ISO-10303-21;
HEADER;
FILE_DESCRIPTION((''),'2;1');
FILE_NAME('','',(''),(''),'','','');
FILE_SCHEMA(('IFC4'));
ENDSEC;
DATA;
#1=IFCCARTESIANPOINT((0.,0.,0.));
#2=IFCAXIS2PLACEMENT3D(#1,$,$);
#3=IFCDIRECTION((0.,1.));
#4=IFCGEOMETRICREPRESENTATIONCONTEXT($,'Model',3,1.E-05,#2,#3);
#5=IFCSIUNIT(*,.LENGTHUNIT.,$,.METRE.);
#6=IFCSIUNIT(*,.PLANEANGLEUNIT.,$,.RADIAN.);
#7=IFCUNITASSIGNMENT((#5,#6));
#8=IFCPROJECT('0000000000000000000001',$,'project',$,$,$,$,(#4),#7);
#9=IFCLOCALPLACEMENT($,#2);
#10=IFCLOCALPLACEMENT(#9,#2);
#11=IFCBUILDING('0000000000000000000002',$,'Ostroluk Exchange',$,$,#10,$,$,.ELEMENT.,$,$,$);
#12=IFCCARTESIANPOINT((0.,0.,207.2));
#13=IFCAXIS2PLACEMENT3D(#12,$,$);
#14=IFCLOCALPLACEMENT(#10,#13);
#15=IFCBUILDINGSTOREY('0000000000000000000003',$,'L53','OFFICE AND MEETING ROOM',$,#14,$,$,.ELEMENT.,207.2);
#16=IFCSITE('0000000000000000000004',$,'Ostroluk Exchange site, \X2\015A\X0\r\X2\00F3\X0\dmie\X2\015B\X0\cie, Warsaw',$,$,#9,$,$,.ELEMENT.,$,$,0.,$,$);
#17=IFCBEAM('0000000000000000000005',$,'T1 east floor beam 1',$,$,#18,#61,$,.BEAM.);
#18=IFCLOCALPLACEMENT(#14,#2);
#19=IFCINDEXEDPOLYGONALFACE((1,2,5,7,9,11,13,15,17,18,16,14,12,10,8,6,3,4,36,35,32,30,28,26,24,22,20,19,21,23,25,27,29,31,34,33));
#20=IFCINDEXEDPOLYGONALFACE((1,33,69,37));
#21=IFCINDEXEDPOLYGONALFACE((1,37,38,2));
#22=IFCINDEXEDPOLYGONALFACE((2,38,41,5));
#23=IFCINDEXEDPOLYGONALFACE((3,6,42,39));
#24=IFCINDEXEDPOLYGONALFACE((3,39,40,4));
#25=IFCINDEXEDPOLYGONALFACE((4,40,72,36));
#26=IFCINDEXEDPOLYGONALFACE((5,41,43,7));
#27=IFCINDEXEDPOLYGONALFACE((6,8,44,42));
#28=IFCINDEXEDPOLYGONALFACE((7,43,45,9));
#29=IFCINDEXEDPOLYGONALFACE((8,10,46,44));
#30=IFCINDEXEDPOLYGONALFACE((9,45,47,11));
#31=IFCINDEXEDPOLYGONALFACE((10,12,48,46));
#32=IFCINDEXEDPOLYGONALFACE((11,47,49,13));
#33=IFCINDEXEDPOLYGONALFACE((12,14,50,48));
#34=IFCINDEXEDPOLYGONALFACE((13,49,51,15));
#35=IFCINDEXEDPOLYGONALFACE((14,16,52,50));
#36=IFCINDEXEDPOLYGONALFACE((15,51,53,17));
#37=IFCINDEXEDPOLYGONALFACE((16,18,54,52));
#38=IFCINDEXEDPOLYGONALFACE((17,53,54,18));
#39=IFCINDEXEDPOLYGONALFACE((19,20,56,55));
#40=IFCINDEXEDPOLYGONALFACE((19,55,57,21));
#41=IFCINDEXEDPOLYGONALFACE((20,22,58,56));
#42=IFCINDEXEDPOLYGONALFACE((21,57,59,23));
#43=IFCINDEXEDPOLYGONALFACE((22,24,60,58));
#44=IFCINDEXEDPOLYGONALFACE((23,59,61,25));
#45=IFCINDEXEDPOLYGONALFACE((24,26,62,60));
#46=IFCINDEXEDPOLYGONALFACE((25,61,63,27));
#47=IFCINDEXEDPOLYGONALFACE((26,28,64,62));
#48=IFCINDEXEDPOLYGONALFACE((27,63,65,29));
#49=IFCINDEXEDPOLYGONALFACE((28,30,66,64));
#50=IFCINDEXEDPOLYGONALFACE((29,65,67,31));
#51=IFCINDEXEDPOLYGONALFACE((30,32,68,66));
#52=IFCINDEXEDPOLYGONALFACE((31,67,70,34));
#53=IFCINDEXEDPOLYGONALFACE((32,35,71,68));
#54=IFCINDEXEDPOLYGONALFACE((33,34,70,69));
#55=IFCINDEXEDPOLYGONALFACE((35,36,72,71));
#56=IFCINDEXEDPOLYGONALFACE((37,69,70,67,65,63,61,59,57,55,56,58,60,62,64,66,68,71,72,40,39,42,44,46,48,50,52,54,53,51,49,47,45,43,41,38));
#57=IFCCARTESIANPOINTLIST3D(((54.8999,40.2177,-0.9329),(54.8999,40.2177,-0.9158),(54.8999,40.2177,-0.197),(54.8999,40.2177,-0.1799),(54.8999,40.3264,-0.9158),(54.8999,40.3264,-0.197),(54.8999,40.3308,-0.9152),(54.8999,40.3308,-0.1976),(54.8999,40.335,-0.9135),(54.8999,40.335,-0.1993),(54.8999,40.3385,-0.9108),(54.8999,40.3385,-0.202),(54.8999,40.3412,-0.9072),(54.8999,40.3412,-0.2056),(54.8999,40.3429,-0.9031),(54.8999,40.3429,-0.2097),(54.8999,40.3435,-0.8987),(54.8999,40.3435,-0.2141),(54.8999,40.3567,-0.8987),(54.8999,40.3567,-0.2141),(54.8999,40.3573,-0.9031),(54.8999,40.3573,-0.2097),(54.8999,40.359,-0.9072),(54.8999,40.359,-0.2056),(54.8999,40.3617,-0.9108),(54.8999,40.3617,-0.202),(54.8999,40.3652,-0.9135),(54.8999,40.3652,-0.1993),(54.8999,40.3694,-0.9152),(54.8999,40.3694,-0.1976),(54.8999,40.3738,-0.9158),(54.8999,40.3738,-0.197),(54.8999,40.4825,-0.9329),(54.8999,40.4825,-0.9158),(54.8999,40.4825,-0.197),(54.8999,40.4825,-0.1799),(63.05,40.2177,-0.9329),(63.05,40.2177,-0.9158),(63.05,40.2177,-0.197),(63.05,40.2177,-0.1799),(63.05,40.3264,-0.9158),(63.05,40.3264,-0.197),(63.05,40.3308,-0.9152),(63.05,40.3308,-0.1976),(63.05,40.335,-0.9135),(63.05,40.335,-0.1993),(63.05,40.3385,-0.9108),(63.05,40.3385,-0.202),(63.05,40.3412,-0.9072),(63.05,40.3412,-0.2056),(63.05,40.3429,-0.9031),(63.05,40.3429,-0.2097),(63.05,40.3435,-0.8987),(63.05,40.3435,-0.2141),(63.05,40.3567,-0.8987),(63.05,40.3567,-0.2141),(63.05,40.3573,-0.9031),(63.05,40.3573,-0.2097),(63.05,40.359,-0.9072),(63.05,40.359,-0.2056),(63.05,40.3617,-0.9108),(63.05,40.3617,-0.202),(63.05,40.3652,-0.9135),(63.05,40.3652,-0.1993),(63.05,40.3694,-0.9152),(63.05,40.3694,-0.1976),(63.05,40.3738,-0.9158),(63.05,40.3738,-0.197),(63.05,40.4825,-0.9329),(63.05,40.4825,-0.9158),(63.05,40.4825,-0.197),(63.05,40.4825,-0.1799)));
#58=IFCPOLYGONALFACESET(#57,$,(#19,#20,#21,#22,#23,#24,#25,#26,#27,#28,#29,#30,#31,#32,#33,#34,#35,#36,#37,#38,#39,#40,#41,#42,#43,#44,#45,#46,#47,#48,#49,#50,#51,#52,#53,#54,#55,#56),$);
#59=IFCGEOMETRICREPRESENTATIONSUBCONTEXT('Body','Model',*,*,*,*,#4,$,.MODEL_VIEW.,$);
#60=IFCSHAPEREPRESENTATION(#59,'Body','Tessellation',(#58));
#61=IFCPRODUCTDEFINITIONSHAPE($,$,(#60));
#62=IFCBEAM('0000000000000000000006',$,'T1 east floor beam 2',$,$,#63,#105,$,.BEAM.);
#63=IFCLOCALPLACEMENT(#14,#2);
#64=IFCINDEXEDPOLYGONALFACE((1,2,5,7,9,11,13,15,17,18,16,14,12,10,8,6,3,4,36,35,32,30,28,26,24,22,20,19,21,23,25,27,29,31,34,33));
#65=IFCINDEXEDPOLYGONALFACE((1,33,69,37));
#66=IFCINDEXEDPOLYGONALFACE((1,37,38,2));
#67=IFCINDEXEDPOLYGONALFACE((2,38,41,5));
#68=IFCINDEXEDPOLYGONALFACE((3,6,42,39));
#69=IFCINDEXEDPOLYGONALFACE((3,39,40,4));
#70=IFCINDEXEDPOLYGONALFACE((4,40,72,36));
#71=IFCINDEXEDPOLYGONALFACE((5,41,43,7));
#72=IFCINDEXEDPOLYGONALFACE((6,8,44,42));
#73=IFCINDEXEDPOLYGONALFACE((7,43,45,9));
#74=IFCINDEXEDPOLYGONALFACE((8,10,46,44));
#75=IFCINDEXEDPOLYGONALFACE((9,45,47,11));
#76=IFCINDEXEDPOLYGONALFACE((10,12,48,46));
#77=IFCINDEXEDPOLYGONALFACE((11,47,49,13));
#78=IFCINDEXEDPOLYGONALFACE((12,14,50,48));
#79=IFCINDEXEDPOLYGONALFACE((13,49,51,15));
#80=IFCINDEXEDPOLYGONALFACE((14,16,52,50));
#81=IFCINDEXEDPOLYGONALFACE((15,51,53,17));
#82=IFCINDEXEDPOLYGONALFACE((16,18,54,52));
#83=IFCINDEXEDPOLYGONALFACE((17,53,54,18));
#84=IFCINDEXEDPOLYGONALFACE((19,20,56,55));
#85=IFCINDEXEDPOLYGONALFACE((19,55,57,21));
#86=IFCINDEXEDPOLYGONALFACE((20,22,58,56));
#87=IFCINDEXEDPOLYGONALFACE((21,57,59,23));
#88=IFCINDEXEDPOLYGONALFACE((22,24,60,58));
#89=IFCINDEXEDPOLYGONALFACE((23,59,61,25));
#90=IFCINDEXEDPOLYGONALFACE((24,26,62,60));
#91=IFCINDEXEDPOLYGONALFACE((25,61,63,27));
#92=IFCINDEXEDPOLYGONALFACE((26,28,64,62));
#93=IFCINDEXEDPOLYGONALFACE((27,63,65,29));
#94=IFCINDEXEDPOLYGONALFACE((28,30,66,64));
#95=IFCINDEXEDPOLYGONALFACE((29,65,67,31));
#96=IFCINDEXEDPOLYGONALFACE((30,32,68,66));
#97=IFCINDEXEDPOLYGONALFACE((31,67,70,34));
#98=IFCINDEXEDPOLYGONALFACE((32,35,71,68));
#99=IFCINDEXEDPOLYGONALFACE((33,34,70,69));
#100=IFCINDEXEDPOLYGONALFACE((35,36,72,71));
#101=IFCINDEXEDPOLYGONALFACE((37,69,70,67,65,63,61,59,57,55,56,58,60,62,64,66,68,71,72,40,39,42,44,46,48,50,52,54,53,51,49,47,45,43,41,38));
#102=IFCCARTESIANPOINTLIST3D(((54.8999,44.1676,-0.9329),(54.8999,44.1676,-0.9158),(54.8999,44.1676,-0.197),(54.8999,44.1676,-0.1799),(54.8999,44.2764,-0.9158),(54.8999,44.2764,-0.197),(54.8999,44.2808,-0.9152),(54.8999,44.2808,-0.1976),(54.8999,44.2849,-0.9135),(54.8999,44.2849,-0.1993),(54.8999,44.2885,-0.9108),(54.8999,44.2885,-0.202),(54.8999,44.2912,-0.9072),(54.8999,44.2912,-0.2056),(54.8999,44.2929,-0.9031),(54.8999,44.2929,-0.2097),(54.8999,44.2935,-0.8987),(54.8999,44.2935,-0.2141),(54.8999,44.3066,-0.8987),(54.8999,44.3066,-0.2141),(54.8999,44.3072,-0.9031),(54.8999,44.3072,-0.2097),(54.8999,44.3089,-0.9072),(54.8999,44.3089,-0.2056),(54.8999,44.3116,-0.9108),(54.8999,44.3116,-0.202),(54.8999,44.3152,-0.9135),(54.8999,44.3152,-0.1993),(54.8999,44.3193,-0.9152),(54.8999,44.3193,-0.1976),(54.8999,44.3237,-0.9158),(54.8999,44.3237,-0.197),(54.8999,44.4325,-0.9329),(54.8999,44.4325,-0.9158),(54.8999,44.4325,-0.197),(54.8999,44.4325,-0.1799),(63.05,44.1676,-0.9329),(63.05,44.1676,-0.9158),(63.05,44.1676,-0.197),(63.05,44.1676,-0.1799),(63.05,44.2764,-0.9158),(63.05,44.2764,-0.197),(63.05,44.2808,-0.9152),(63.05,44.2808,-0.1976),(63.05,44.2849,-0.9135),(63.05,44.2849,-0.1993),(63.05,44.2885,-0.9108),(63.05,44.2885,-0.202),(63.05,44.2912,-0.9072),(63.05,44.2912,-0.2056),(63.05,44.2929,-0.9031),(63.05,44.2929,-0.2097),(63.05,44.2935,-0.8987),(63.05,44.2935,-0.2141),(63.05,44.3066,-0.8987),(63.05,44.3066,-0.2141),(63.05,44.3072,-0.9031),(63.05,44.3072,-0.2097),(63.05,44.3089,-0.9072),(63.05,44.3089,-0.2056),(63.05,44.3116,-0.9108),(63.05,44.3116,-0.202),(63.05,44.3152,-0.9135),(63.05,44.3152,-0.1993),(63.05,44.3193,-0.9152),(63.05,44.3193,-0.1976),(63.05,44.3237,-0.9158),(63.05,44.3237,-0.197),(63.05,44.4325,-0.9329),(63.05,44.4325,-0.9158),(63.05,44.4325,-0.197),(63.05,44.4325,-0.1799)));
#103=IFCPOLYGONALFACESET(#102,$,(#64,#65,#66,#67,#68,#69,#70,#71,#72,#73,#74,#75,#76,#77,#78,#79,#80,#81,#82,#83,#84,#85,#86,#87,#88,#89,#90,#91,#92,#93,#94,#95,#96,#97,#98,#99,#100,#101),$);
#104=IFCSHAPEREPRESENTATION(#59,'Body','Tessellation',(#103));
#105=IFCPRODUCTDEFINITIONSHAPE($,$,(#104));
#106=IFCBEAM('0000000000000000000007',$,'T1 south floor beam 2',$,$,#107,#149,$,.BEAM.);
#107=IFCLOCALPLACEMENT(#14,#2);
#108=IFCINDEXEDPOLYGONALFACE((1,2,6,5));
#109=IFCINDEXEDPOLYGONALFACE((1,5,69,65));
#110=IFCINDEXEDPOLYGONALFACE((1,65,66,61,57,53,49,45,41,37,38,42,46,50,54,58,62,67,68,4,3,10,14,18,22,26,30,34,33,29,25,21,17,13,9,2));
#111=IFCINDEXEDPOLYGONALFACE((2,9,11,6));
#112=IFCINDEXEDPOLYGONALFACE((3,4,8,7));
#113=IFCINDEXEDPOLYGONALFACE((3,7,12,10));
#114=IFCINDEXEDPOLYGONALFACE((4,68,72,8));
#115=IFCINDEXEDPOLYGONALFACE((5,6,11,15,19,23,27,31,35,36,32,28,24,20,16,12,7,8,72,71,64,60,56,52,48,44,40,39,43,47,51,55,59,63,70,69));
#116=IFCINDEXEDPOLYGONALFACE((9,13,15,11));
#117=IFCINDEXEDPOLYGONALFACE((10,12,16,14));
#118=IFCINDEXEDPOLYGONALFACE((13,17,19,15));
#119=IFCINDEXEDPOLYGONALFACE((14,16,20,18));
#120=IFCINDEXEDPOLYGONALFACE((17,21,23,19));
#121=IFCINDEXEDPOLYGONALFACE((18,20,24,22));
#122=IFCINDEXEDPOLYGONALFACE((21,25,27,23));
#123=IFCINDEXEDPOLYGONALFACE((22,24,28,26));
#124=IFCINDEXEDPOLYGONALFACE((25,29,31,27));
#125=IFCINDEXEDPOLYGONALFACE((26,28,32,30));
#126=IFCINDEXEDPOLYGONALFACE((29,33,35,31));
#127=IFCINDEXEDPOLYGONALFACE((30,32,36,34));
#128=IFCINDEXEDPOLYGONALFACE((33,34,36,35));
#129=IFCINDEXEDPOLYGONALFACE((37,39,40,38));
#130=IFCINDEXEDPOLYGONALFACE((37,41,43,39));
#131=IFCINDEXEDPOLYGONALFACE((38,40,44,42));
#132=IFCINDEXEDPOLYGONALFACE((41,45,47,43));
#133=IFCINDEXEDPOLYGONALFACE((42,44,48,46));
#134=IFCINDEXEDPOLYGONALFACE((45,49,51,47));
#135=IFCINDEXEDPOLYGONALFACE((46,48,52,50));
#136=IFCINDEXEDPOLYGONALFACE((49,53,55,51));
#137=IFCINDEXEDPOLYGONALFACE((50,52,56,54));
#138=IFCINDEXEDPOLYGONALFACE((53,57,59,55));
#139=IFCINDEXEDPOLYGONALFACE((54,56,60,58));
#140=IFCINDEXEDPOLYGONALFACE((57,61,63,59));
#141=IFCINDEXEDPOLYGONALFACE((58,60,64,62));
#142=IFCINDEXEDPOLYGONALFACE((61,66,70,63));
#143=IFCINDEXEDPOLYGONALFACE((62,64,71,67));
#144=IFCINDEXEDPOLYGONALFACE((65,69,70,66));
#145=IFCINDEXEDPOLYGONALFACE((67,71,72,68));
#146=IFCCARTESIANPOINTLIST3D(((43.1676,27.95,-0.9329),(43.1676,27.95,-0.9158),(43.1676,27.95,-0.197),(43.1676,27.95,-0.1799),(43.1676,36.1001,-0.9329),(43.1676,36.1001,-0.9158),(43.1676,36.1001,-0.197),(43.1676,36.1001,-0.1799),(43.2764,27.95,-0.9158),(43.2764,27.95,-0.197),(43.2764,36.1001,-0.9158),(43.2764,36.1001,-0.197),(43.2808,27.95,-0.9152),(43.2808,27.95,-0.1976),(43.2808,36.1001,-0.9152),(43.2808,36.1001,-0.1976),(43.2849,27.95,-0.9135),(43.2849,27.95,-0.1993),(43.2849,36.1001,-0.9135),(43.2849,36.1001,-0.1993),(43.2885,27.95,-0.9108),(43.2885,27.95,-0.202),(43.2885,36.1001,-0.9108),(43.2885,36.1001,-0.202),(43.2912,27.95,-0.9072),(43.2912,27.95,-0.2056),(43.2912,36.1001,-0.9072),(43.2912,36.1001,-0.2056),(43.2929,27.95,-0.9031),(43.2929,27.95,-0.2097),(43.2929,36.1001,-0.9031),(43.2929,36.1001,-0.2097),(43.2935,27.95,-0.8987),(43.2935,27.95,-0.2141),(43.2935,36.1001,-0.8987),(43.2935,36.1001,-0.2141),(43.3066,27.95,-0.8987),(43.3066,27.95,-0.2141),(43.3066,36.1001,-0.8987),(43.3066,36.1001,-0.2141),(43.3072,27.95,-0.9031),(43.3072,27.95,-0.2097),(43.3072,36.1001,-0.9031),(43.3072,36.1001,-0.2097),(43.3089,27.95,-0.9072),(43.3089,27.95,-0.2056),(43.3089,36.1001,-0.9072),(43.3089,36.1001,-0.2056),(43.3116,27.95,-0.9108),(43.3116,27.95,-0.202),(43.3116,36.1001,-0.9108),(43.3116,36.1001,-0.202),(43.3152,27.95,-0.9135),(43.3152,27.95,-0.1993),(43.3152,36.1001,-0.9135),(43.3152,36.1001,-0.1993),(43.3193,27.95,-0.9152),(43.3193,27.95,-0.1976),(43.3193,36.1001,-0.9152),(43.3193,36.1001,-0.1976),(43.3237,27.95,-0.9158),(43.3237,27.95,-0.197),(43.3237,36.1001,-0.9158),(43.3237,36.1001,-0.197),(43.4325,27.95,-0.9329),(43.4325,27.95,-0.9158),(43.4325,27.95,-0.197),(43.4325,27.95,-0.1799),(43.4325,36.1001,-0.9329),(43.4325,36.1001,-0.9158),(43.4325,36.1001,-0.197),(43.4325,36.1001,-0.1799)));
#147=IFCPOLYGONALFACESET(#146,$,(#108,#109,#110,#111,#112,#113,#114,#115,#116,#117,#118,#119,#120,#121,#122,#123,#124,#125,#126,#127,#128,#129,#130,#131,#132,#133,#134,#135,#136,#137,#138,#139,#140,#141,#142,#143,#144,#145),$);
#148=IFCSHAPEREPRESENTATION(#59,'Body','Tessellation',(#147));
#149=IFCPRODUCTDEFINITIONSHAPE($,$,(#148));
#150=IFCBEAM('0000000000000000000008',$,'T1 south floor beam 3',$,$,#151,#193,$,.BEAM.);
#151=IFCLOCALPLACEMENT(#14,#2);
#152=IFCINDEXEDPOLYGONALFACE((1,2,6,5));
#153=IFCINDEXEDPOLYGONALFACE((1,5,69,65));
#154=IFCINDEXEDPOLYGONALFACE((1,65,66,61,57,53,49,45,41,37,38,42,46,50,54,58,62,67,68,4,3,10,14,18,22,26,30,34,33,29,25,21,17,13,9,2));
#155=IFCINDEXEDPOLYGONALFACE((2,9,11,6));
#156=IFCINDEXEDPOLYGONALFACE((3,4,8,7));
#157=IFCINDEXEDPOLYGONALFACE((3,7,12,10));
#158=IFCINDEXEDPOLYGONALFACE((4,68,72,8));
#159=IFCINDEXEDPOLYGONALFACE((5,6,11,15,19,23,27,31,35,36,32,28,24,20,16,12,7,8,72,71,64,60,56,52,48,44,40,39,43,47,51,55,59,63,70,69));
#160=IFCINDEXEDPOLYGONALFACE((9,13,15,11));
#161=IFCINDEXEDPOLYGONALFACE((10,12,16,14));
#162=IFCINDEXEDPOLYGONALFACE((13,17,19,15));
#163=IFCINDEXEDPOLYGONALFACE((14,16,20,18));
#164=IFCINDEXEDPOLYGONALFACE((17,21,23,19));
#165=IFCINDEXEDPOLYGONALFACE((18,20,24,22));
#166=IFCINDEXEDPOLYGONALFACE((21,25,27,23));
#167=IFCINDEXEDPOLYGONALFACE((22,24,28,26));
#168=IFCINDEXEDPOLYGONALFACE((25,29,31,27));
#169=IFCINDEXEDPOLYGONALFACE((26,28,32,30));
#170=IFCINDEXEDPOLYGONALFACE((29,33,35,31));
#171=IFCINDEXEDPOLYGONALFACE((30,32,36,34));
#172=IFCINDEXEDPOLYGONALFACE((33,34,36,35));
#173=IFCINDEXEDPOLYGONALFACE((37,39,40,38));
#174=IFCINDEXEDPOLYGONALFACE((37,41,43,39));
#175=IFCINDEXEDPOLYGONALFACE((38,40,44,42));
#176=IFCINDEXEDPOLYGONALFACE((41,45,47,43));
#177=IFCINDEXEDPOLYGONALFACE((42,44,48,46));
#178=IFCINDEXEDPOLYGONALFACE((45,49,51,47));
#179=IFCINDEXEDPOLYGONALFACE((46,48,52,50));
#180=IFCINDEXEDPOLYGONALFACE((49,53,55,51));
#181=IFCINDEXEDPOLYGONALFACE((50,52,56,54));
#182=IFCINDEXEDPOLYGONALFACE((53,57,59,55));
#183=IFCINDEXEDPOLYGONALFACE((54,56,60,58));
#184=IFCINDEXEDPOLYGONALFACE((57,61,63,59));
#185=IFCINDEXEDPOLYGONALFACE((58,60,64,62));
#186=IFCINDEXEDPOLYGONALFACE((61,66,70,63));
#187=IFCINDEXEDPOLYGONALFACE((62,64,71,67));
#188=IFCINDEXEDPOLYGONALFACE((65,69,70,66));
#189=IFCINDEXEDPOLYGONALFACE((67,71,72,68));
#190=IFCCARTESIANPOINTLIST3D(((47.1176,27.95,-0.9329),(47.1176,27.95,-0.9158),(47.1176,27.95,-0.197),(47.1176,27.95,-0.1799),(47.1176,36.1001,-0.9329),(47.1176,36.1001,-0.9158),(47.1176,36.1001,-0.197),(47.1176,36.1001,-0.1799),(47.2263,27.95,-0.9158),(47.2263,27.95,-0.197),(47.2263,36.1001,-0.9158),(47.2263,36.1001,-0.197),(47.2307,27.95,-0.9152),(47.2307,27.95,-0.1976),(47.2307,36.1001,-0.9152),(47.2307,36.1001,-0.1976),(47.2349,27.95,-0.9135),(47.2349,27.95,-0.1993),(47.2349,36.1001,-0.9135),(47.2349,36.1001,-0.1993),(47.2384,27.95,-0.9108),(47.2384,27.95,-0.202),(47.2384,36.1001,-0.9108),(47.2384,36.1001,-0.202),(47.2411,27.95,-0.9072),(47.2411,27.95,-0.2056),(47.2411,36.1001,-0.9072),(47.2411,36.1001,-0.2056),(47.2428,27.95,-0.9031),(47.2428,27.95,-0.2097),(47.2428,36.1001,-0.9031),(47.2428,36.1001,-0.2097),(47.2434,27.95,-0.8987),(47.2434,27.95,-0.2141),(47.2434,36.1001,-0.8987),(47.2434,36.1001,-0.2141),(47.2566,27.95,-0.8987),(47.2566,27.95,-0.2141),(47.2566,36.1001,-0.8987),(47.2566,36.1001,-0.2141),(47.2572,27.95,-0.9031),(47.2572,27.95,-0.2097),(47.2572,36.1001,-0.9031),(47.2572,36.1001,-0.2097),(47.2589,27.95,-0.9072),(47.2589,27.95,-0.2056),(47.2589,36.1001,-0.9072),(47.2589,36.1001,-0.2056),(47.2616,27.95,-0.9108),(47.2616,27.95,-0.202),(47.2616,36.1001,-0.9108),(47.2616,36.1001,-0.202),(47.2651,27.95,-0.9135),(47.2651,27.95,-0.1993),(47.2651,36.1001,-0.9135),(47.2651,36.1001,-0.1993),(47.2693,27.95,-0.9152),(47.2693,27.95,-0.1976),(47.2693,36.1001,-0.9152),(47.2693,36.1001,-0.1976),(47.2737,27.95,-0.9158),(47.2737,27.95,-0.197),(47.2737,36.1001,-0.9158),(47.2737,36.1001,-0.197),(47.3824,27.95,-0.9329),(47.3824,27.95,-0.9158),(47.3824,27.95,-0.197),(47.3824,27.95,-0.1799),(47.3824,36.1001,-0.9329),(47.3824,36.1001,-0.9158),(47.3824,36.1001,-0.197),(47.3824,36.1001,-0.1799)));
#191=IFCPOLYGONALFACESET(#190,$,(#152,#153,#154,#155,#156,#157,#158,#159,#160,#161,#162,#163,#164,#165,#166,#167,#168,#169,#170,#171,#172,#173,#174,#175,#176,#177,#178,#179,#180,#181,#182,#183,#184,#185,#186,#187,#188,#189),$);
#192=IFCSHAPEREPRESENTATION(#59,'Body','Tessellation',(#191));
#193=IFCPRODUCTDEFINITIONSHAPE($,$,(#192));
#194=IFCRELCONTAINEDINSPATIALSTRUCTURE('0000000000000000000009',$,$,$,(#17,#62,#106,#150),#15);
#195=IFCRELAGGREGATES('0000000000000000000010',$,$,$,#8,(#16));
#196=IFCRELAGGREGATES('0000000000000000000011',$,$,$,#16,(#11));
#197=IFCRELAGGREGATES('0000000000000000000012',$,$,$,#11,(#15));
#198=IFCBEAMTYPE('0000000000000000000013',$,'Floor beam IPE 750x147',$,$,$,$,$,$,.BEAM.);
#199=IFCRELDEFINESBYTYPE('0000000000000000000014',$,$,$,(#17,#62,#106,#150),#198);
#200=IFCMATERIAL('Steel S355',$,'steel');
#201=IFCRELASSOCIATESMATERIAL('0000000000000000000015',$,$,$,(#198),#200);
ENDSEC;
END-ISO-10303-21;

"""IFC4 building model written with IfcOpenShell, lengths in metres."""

from ifc_helpers import new_model, si_unit, direction, frame, origin, origin_2d, place, context, subcontext, project, spatial, i_section, extrude, material, material_profile, profile_set, type_object, element, save


model = new_model("IFC4")

# Units and contexts
model_context = context("Model", 3, precision=1e-05, world=origin(), true_north=direction((0.0, 1.0)))
body_context = subcontext(model_context, "Body", "Model", "MODEL_VIEW")
ifc_project = project(units=[si_unit("LENGTHUNIT", "METRE"), si_unit("PLANEANGLEUNIT", "RADIAN")], contexts=[model_context])

# Site, building, storey
site_placement = place(None, origin())
site = spatial("IfcSite", under=ifc_project, at=site_placement, Name="Ostroluk Exchange site, Śródmieście, Warsaw", CompositionType="ELEMENT", RefElevation=0.0)
building_placement = place(site_placement, origin())
building = spatial("IfcBuilding", under=site, at=building_placement, Name="Ostroluk Exchange", CompositionType="ELEMENT")
storey_placement = place(building_placement, frame((0.0, 0.0, 207.2)))
storey = spatial("IfcBuildingStorey", under=building, at=storey_placement, Name="L53", Description="OFFICE AND MEETING ROOM", CompositionType="ELEMENT", Elevation=207.2)

# Beams
ifc_material_1 = material(Name="Steel S355", Category="steel")
ifc_material_profile_1 = material_profile(ifc_material_1, i_section(OverallWidth=0.2649, OverallDepth=0.7529, WebThickness=0.0132, FlangeThickness=0.0171, FilletRadius=0.0171, at=origin_2d()), Name="IPE 750x147")
ifc_profile_set_1 = profile_set([ifc_material_profile_1], Name="Steel S355")
beam_type_1 = type_object("IfcBeamType", Name="Floor beam IPE 750x147", PredefinedType="BEAM", material=ifc_profile_set_1)
for number, where, z_axis, x_axis, name in (
    (1, (54.8999, 40.3501, -0.5564), (1.0, 0.0, 0.0), (0.0, 1.0, 0.0), "T1 east floor beam 1"),
    (2, (54.8999, 44.3, -0.5564), (1.0, 0.0, 0.0), (0.0, 1.0, 0.0), "T1 east floor beam 2"),
    (3, (43.3, 36.1001, -0.5564), (0.0, -1.0, 0.0), (1.0, 0.0, 0.0), "T1 south floor beam 2"),
    (4, (47.25, 36.1001, -0.5564), (0.0, -1.0, 0.0), (1.0, 0.0, 0.0), "T1 south floor beam 3"),
):
    element("IfcBeam", number, at=place(storey_placement, frame(where, z_axis=z_axis, x_axis=x_axis)), inside=storey, type_object=beam_type_1, Name=name, PredefinedType="BEAM", context=body_context, shape_type="SweptSolid", body=[
        extrude(i_section(OverallWidth=0.2649, OverallDepth=0.7529, WebThickness=0.0132, FlangeThickness=0.0171, FilletRadius=0.0171, at=origin_2d()), origin(), (0.0, 0.0, 1.0), 8.1501),
    ])

save(model, "model.ifc")
